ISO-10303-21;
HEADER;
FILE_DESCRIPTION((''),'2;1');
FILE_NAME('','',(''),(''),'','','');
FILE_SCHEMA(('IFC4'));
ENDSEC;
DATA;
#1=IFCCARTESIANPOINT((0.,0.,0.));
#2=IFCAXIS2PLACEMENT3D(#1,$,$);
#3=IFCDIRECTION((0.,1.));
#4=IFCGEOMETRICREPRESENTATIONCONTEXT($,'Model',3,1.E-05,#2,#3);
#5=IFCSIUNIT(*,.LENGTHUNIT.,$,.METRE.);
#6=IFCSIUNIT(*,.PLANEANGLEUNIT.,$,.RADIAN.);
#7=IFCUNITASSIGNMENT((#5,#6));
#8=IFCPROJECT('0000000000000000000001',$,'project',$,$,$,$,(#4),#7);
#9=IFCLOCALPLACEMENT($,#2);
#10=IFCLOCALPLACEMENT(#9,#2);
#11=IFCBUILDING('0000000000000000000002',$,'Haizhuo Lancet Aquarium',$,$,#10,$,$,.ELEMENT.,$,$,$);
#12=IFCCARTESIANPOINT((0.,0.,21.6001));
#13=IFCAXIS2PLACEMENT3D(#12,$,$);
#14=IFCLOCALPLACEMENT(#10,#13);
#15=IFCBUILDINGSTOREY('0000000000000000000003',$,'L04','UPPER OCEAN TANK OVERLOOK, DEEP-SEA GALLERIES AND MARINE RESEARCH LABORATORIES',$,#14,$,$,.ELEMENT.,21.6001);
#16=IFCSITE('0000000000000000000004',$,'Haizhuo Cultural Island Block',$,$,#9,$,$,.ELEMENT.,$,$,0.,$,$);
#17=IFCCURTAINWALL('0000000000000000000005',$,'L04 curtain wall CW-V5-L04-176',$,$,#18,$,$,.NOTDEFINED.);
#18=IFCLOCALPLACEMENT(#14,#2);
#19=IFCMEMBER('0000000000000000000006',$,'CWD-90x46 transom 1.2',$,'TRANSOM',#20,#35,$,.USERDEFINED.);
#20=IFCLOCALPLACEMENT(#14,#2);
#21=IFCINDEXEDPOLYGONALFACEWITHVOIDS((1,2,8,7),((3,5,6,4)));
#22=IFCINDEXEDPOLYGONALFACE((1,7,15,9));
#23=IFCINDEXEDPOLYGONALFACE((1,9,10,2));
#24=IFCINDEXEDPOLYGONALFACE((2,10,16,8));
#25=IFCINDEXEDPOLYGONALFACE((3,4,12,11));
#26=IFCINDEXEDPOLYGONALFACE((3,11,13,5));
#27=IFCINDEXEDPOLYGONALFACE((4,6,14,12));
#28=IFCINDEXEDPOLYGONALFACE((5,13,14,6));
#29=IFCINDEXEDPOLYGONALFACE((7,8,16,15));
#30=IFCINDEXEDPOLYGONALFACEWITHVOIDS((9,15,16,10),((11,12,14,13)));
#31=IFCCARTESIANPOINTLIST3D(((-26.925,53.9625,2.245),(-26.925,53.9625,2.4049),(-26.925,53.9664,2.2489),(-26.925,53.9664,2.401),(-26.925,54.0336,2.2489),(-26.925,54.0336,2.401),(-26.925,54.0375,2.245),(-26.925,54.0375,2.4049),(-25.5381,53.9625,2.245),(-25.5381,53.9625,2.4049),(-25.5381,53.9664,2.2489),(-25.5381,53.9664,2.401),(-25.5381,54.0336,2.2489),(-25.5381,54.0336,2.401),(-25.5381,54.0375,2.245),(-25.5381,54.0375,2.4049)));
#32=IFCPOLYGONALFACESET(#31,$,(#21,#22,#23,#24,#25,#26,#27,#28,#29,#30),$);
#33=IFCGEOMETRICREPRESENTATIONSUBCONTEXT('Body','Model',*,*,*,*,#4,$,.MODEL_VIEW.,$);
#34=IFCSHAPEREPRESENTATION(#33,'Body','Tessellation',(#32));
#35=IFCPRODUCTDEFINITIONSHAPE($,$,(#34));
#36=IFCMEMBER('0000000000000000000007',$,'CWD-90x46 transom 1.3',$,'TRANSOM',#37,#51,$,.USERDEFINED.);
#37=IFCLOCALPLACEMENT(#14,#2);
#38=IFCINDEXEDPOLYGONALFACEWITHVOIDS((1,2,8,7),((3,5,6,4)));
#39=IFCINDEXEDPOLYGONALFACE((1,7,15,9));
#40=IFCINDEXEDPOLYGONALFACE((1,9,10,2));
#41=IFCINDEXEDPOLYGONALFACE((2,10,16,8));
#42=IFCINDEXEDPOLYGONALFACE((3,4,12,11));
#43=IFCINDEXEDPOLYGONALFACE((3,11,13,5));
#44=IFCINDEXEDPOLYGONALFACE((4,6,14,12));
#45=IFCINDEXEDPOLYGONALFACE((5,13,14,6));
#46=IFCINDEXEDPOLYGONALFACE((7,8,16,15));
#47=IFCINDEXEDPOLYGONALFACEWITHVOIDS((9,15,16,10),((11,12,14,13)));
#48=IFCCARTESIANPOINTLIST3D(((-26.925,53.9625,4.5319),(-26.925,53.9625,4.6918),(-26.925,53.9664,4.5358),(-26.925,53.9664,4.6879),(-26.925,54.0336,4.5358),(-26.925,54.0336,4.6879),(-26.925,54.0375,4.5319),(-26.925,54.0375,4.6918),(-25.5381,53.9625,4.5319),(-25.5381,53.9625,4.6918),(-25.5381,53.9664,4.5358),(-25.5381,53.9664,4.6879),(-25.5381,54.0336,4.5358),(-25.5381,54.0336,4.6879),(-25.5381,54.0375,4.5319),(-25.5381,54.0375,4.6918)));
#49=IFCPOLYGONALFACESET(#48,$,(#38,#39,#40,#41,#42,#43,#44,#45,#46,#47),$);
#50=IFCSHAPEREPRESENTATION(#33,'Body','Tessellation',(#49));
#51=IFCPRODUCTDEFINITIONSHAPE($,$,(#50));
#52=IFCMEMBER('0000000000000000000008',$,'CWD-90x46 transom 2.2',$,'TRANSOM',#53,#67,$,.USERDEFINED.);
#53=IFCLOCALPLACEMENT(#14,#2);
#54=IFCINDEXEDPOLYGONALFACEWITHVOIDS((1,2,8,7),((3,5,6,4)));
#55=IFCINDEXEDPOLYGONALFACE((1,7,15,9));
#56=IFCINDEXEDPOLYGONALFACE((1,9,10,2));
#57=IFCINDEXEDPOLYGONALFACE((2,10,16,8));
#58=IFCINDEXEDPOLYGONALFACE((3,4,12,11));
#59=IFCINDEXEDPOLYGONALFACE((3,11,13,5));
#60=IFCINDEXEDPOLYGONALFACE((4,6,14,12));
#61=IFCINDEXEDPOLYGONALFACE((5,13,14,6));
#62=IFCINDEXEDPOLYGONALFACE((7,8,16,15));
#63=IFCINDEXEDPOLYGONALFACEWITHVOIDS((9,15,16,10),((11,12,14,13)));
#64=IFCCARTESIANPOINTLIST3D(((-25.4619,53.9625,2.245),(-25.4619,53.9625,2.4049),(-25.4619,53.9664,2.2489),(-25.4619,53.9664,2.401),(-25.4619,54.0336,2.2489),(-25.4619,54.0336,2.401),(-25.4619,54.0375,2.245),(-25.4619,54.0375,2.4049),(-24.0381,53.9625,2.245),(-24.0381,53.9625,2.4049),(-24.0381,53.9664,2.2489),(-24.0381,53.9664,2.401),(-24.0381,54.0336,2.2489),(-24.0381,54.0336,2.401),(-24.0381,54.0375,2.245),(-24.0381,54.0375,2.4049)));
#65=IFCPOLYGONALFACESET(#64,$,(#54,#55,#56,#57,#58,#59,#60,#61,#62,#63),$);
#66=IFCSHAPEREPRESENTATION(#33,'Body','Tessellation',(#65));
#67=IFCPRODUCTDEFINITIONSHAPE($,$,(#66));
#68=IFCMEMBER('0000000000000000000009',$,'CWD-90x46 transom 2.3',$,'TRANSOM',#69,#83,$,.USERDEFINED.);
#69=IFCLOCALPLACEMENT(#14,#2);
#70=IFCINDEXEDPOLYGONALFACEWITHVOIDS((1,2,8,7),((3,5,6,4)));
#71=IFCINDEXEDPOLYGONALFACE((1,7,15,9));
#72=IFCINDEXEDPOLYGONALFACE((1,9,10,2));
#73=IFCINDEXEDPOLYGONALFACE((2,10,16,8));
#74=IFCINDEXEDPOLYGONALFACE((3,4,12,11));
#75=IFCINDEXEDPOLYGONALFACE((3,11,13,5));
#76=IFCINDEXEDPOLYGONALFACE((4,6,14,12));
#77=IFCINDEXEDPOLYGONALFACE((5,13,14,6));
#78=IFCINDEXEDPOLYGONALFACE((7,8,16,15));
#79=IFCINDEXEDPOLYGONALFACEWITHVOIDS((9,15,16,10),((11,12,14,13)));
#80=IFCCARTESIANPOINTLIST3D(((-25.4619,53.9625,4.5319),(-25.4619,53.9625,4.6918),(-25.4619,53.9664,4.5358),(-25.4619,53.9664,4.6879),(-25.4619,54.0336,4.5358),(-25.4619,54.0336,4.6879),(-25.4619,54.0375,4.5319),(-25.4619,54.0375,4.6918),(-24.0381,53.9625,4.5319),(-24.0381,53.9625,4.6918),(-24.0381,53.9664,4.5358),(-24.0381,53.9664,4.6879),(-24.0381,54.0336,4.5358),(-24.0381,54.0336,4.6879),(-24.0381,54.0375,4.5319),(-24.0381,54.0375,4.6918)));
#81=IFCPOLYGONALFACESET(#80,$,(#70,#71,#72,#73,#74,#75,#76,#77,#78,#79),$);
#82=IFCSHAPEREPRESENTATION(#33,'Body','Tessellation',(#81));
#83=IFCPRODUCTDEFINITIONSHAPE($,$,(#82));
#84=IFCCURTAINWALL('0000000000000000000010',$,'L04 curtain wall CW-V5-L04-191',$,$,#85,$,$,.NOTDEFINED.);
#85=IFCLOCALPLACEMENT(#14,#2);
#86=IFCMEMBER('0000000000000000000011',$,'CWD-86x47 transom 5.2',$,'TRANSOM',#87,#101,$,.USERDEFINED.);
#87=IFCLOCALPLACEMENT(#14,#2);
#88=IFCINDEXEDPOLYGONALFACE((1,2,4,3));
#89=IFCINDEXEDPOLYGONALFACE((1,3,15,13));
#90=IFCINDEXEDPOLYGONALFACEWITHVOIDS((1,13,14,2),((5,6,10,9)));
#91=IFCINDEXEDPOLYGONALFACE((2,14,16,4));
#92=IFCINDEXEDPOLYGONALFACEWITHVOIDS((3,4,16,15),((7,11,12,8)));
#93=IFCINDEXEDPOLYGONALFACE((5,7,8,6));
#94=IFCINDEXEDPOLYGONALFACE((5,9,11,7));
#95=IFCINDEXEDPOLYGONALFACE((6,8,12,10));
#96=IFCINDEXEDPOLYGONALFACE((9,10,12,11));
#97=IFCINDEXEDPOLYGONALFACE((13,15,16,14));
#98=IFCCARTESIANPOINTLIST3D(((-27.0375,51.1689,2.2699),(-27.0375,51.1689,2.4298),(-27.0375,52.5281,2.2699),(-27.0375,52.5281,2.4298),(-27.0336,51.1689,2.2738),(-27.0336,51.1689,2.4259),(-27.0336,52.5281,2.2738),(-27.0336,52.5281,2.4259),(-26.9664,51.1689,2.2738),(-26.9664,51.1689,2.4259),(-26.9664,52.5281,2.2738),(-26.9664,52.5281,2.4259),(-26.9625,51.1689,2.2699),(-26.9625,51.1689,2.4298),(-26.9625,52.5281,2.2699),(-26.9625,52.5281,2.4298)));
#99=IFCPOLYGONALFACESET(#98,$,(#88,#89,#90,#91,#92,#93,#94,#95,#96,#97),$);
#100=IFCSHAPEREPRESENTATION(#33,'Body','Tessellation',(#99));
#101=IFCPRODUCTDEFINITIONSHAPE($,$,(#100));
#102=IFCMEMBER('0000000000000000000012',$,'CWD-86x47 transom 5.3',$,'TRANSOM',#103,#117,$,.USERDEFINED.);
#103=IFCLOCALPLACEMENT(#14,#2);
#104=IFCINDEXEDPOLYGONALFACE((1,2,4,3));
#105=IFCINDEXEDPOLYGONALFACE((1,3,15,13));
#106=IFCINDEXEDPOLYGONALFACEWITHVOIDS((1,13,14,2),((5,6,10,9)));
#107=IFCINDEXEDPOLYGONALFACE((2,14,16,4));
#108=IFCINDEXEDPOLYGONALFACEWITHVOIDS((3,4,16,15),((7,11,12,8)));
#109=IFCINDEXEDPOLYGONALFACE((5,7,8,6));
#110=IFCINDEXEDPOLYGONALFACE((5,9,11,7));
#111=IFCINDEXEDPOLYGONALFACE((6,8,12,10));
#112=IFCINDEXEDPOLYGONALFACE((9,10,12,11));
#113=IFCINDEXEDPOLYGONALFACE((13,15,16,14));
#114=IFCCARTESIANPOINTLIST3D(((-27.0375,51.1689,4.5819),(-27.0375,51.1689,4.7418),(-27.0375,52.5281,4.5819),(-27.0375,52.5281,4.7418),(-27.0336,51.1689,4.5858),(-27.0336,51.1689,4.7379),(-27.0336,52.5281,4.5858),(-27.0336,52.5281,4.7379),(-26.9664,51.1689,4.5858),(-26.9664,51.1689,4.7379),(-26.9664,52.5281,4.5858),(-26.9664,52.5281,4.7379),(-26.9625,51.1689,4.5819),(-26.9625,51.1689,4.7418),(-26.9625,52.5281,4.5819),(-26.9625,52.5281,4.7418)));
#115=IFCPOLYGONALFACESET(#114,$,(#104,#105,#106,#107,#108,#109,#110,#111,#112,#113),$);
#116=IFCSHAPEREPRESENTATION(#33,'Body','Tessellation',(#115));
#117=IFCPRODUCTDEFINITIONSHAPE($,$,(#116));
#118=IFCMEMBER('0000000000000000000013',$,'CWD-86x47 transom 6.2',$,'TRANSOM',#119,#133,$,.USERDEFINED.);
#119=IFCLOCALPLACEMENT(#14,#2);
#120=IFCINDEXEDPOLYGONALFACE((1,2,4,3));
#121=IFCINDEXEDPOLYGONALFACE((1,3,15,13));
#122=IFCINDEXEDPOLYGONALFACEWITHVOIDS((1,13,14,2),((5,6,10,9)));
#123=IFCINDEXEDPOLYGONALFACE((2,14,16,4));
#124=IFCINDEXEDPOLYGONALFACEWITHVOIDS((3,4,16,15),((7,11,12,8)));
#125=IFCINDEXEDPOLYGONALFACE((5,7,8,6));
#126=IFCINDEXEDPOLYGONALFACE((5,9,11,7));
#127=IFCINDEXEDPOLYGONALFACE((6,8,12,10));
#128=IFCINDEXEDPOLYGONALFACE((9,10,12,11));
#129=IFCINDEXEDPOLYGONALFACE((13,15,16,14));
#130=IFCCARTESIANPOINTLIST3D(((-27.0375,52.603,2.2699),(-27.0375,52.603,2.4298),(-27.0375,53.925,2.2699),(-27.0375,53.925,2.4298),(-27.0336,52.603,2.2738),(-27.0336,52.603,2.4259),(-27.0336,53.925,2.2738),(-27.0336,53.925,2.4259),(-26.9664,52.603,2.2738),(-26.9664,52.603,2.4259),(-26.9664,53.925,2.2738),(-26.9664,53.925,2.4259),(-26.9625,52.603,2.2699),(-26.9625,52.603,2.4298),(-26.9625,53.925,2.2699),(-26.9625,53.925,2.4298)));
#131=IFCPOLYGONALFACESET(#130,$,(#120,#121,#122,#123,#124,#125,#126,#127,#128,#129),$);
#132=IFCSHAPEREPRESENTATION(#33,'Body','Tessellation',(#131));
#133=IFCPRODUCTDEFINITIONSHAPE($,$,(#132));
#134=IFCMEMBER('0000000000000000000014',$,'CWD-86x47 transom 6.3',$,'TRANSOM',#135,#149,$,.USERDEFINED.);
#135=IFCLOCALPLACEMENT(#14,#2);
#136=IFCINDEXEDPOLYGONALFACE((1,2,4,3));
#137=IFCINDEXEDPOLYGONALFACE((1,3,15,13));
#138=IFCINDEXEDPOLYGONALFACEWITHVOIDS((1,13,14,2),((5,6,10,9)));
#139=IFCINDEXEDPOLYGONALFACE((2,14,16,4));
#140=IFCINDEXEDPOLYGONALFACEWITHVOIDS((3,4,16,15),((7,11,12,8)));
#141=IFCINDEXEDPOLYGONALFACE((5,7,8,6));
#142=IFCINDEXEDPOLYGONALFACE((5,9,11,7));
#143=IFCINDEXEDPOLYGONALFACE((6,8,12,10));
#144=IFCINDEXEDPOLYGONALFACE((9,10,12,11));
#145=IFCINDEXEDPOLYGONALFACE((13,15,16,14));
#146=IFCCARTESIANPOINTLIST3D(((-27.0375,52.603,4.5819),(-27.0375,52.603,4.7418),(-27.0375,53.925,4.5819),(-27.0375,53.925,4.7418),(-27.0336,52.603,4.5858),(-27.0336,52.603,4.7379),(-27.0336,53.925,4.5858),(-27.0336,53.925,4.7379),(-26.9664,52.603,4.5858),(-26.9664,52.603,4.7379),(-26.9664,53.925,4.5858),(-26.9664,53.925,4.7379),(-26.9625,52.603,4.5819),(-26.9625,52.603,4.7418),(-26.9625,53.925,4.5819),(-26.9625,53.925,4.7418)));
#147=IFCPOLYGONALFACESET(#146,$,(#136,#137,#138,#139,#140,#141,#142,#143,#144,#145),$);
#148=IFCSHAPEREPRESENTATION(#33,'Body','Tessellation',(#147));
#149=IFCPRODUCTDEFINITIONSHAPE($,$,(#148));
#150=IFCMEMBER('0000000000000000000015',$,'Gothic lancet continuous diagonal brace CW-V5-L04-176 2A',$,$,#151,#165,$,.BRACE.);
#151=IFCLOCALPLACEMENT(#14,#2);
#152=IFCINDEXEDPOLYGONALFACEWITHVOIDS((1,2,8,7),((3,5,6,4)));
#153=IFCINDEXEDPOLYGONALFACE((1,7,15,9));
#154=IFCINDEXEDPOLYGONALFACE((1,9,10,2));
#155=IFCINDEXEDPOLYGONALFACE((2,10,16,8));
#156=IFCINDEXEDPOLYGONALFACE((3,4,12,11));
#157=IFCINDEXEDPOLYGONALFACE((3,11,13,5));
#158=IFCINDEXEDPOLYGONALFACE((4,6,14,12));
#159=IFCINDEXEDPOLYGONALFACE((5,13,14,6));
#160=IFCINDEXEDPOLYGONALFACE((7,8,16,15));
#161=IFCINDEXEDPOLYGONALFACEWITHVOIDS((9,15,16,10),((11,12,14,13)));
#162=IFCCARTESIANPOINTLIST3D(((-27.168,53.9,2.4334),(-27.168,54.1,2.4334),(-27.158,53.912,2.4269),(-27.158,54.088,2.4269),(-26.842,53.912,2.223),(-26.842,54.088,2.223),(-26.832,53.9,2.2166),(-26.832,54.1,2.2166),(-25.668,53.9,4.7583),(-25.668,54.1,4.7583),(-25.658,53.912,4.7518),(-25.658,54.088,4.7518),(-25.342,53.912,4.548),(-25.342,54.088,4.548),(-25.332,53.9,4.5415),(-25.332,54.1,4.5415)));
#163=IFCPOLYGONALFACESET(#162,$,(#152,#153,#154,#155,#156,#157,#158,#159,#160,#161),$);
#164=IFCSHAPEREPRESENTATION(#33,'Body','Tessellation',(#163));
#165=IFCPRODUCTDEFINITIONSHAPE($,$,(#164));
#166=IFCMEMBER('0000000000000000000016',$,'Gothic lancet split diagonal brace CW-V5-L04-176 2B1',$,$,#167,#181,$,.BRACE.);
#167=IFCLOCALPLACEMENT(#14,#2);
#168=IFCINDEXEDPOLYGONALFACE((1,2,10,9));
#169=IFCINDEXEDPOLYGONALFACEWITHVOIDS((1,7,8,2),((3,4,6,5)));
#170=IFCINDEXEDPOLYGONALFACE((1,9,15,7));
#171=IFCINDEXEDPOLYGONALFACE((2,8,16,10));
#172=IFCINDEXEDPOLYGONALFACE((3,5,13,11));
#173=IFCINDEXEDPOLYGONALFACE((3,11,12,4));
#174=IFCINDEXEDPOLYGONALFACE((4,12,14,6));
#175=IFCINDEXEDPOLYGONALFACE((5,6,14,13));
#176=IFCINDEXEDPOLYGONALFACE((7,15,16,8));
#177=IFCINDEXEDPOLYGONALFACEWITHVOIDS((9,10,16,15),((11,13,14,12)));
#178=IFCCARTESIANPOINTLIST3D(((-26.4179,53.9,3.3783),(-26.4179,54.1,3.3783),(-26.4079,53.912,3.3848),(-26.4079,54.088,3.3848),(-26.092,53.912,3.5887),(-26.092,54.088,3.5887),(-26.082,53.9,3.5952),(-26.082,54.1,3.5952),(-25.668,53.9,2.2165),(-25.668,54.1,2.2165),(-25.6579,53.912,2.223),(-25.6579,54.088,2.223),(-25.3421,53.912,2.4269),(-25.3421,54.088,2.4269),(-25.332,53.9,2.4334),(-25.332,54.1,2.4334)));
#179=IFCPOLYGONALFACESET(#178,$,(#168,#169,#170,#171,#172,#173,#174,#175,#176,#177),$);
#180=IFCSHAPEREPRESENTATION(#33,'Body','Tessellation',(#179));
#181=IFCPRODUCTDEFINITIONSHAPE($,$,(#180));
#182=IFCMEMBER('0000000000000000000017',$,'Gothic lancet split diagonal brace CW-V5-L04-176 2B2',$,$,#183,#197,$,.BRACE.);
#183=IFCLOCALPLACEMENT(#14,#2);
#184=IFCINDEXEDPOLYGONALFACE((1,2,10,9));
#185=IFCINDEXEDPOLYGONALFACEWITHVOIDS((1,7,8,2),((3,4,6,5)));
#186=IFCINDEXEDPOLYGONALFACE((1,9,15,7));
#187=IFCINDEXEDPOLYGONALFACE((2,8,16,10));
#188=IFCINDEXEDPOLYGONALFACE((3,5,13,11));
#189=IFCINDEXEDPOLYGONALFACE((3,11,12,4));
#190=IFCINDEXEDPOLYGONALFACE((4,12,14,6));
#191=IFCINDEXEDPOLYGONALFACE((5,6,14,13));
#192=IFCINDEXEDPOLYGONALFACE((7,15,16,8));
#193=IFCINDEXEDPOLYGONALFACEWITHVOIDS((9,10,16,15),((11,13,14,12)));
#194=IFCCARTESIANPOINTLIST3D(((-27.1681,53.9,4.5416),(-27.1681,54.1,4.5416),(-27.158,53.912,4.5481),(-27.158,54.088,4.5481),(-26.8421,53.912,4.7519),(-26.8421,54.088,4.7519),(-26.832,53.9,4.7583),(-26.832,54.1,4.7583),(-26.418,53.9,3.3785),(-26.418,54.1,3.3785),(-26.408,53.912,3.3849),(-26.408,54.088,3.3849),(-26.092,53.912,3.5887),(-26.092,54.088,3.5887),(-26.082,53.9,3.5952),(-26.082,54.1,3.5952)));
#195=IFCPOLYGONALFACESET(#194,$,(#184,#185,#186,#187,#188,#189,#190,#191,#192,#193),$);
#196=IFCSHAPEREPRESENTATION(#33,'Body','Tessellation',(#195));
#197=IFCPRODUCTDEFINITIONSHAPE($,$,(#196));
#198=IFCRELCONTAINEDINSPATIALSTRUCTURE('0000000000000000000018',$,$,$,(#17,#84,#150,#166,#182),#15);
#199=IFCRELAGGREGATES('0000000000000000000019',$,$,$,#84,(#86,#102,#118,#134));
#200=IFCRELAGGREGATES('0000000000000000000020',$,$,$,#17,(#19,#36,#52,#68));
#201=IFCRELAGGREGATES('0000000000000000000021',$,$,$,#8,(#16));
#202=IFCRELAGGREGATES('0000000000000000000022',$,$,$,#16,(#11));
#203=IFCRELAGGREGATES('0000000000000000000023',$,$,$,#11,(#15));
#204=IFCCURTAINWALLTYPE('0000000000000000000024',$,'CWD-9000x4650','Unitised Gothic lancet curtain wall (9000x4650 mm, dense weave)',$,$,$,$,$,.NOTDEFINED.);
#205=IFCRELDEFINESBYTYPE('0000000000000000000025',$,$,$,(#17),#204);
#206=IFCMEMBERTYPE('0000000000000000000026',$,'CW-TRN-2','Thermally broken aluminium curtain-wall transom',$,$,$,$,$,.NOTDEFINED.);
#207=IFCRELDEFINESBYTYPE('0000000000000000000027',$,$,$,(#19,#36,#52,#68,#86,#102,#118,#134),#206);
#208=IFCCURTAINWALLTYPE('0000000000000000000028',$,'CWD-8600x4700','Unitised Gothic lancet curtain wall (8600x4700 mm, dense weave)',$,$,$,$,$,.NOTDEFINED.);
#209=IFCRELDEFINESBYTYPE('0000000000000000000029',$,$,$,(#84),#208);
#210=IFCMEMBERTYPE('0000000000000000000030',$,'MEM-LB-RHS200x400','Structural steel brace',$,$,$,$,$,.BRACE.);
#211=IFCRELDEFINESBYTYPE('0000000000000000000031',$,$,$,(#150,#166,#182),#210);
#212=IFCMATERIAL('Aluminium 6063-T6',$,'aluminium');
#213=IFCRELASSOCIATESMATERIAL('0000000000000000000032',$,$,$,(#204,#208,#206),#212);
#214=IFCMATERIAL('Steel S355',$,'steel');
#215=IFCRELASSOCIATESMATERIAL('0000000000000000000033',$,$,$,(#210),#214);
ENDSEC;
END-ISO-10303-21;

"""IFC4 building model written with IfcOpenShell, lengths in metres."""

from ifc_helpers import new_model, si_unit, direction, frame, origin, origin_2d, place, context, subcontext, project, spatial, hollow_rectangle, extrude, material, material_profile, profile_set, type_object, element, aggregate, save


model = new_model("IFC4")

# Units and contexts
model_context = context("Model", 3, precision=1e-05, world=origin(), true_north=direction((0.0, 1.0)))
body_context = subcontext(model_context, "Body", "Model", "MODEL_VIEW")
ifc_project = project(units=[si_unit("LENGTHUNIT", "METRE"), si_unit("PLANEANGLEUNIT", "RADIAN")], contexts=[model_context])

# Site, building, storey
site_placement = place(None, origin())
site = spatial("IfcSite", under=ifc_project, at=site_placement, Name="Haizhuo Cultural Island Block", CompositionType="ELEMENT", RefElevation=0.0)
building_placement = place(site_placement, origin())
building = spatial("IfcBuilding", under=site, at=building_placement, Name="Haizhuo Lancet Aquarium", CompositionType="ELEMENT")
storey_placement = place(building_placement, frame((0.0, 0.0, 21.6001)))
storey = spatial("IfcBuildingStorey", under=building, at=storey_placement, Name="L04", Description="UPPER OCEAN TANK OVERLOOK, DEEP-SEA GALLERIES AND MARINE RESEARCH LABORATORIES", CompositionType="ELEMENT", Elevation=21.6001)

# Curtain walls, members
ifc_material_1 = material(Name="Aluminium 6063-T6", Category="aluminium")
curtain_wall_type_1 = type_object("IfcCurtainWallType", Name="CWD-9000x4650", Description="Unitised Gothic lancet curtain wall (9000x4650 mm, dense weave)", PredefinedType="NOTDEFINED", material=ifc_material_1)
curtain_wall_1_placement = place(storey_placement, origin())
curtain_wall_1 = element("IfcCurtainWall", 1, at=curtain_wall_1_placement, inside=storey, type_object=curtain_wall_type_1, Name="L04 curtain wall CW-V5-L04-176", PredefinedType="NOTDEFINED")
ifc_material_profile_1 = material_profile(ifc_material_1, hollow_rectangle(XDim=0.075, YDim=0.1599, WallThickness=0.0039, at=origin_2d()), Name="ALU-T 75x160x4")
ifc_profile_set_1 = profile_set([ifc_material_profile_1], Name="Aluminium 6063-T6")
member_type_1 = type_object("IfcMemberType", Name="CW-TRN-2", Description="Thermally broken aluminium curtain-wall transom", PredefinedType="NOTDEFINED", material=ifc_profile_set_1)
member_1_placement = place(storey_placement, frame((-26.925, 54.0, 2.325), z_axis=(1.0, 0.0, 0.0), x_axis=(0.0, 1.0, 0.0)))
member_1 = element("IfcMember", 2, at=member_1_placement, type_object=member_type_1, Name="CWD-90x46 transom 1.2", ObjectType="TRANSOM", PredefinedType="USERDEFINED", context=body_context, shape_type="SweptSolid", body=[
    extrude(hollow_rectangle(XDim=0.075, YDim=0.1599, WallThickness=0.0039, at=origin_2d()), origin(), (0.0, 0.0, 1.0), 1.387),
])
member_2_placement = place(storey_placement, frame((-26.925, 54.0, 4.6118), z_axis=(1.0, 0.0, 0.0), x_axis=(0.0, 1.0, 0.0)))
member_2 = element("IfcMember", 3, at=member_2_placement, type_object=member_type_1, Name="CWD-90x46 transom 1.3", ObjectType="TRANSOM", PredefinedType="USERDEFINED", context=body_context, shape_type="SweptSolid", body=[
    extrude(hollow_rectangle(XDim=0.075, YDim=0.1599, WallThickness=0.0039, at=origin_2d()), origin(), (0.0, 0.0, 1.0), 1.387),
])
member_3_placement = place(storey_placement, frame((-25.4619, 54.0, 2.325), z_axis=(1.0, 0.0, 0.0), x_axis=(0.0, 1.0, 0.0)))
member_3 = element("IfcMember", 4, at=member_3_placement, type_object=member_type_1, Name="CWD-90x46 transom 2.2", ObjectType="TRANSOM", PredefinedType="USERDEFINED", context=body_context, shape_type="SweptSolid", body=[
    extrude(hollow_rectangle(XDim=0.075, YDim=0.1599, WallThickness=0.0039, at=origin_2d()), origin(), (0.0, 0.0, 1.0), 1.4238),
])
member_4_placement = place(storey_placement, frame((-25.4619, 54.0, 4.6118), z_axis=(1.0, 0.0, 0.0), x_axis=(0.0, 1.0, 0.0)))
member_4 = element("IfcMember", 5, at=member_4_placement, type_object=member_type_1, Name="CWD-90x46 transom 2.3", ObjectType="TRANSOM", PredefinedType="USERDEFINED", context=body_context, shape_type="SweptSolid", body=[
    extrude(hollow_rectangle(XDim=0.075, YDim=0.1599, WallThickness=0.0039, at=origin_2d()), origin(), (0.0, 0.0, 1.0), 1.4238),
])
curtain_wall_type_2 = type_object("IfcCurtainWallType", Name="CWD-8600x4700", Description="Unitised Gothic lancet curtain wall (8600x4700 mm, dense weave)", PredefinedType="NOTDEFINED", material=ifc_material_1)
curtain_wall_2_placement = place(storey_placement, origin())
curtain_wall_2 = element("IfcCurtainWall", 6, at=curtain_wall_2_placement, inside=storey, type_object=curtain_wall_type_2, Name="L04 curtain wall CW-V5-L04-191", PredefinedType="NOTDEFINED")
member_5_placement = place(storey_placement, frame((-27.0, 51.1689, 2.3499), z_axis=(0.0, 1.0, 0.0), x_axis=(-1.0, 0.0, 0.0)))
member_5 = element("IfcMember", 7, at=member_5_placement, type_object=member_type_1, Name="CWD-86x47 transom 5.2", ObjectType="TRANSOM", PredefinedType="USERDEFINED", context=body_context, shape_type="SweptSolid", body=[
    extrude(hollow_rectangle(XDim=0.075, YDim=0.1599, WallThickness=0.0039, at=origin_2d()), origin(), (0.0, 0.0, 1.0), 1.3591),
])
member_6_placement = place(storey_placement, frame((-27.0, 51.1689, 4.6619), z_axis=(0.0, 1.0, 0.0), x_axis=(-1.0, 0.0, 0.0)))
member_6 = element("IfcMember", 8, at=member_6_placement, type_object=member_type_1, Name="CWD-86x47 transom 5.3", ObjectType="TRANSOM", PredefinedType="USERDEFINED", context=body_context, shape_type="SweptSolid", body=[
    extrude(hollow_rectangle(XDim=0.075, YDim=0.1599, WallThickness=0.0039, at=origin_2d()), origin(), (0.0, 0.0, 1.0), 1.3591),
])
member_7_placement = place(storey_placement, frame((-27.0, 52.603, 2.3499), z_axis=(0.0, 1.0, 0.0), x_axis=(-1.0, 0.0, 0.0)))
member_7 = element("IfcMember", 9, at=member_7_placement, type_object=member_type_1, Name="CWD-86x47 transom 6.2", ObjectType="TRANSOM", PredefinedType="USERDEFINED", context=body_context, shape_type="SweptSolid", body=[
    extrude(hollow_rectangle(XDim=0.075, YDim=0.1599, WallThickness=0.0039, at=origin_2d()), origin(), (0.0, 0.0, 1.0), 1.322),
])
member_8_placement = place(storey_placement, frame((-27.0, 52.603, 4.6619), z_axis=(0.0, 1.0, 0.0), x_axis=(-1.0, 0.0, 0.0)))
member_8 = element("IfcMember", 10, at=member_8_placement, type_object=member_type_1, Name="CWD-86x47 transom 6.3", ObjectType="TRANSOM", PredefinedType="USERDEFINED", context=body_context, shape_type="SweptSolid", body=[
    extrude(hollow_rectangle(XDim=0.075, YDim=0.1599, WallThickness=0.0039, at=origin_2d()), origin(), (0.0, 0.0, 1.0), 1.322),
])

# Members
ifc_material_2 = material(Name="Steel S355", Category="steel")
ifc_material_profile_2 = material_profile(ifc_material_2, hollow_rectangle(XDim=0.2, YDim=0.3999, WallThickness=0.012, at=origin_2d()), Name="RHS 200x400x12")
ifc_profile_set_2 = profile_set([ifc_material_profile_2], Name="Steel S355")
member_type_2 = type_object("IfcMemberType", Name="MEM-LB-RHS200x400", Description="Structural steel brace", PredefinedType="BRACE", material=ifc_profile_set_2)
member_9_placement = place(storey_placement, frame((-27.0, 54.0, 2.325), z_axis=(0.542135, 0.0, 0.840291), x_axis=(0.0, 1.0, 0.0)))
element("IfcMember", 11, at=member_9_placement, inside=storey, type_object=member_type_2, Name="Gothic lancet continuous diagonal brace CW-V5-L04-176 2A", PredefinedType="BRACE", context=body_context, shape_type="SweptSolid", body=[
    extrude(hollow_rectangle(XDim=0.2, YDim=0.3999, WallThickness=0.012, at=origin_2d()), origin(), (0.0, 0.0, 1.0), 2.7668),
])
member_10_placement = place(storey_placement, frame((-25.5, 54.0, 2.325), z_axis=(-0.542336, 0.0, 0.840162), x_axis=(0.0, -1.0, 0.0)))
element("IfcMember", 12, at=member_10_placement, inside=storey, type_object=member_type_2, Name="Gothic lancet split diagonal brace CW-V5-L04-176 2B1", PredefinedType="BRACE", context=body_context, shape_type="SweptSolid", body=[
    extrude(hollow_rectangle(XDim=0.2, YDim=0.3999, WallThickness=0.012, at=origin_2d()), origin(), (0.0, 0.0, 1.0), 1.3828),
])
member_11_placement = place(storey_placement, frame((-26.25, 54.0, 3.4868), z_axis=(-0.541934, 0.0, 0.840421), x_axis=(0.0, -1.0, 0.0)))
element("IfcMember", 13, at=member_11_placement, inside=storey, type_object=member_type_2, Name="Gothic lancet split diagonal brace CW-V5-L04-176 2B2", PredefinedType="BRACE", context=body_context, shape_type="SweptSolid", body=[
    extrude(hollow_rectangle(XDim=0.2, YDim=0.3999, WallThickness=0.012, at=origin_2d()), origin(), (0.0, 0.0, 1.0), 1.384),
])

aggregate(curtain_wall_2, [member_5, member_6, member_7, member_8])
aggregate(curtain_wall_1, [member_1, member_2, member_3, member_4])

save(model, "model.ifc")
